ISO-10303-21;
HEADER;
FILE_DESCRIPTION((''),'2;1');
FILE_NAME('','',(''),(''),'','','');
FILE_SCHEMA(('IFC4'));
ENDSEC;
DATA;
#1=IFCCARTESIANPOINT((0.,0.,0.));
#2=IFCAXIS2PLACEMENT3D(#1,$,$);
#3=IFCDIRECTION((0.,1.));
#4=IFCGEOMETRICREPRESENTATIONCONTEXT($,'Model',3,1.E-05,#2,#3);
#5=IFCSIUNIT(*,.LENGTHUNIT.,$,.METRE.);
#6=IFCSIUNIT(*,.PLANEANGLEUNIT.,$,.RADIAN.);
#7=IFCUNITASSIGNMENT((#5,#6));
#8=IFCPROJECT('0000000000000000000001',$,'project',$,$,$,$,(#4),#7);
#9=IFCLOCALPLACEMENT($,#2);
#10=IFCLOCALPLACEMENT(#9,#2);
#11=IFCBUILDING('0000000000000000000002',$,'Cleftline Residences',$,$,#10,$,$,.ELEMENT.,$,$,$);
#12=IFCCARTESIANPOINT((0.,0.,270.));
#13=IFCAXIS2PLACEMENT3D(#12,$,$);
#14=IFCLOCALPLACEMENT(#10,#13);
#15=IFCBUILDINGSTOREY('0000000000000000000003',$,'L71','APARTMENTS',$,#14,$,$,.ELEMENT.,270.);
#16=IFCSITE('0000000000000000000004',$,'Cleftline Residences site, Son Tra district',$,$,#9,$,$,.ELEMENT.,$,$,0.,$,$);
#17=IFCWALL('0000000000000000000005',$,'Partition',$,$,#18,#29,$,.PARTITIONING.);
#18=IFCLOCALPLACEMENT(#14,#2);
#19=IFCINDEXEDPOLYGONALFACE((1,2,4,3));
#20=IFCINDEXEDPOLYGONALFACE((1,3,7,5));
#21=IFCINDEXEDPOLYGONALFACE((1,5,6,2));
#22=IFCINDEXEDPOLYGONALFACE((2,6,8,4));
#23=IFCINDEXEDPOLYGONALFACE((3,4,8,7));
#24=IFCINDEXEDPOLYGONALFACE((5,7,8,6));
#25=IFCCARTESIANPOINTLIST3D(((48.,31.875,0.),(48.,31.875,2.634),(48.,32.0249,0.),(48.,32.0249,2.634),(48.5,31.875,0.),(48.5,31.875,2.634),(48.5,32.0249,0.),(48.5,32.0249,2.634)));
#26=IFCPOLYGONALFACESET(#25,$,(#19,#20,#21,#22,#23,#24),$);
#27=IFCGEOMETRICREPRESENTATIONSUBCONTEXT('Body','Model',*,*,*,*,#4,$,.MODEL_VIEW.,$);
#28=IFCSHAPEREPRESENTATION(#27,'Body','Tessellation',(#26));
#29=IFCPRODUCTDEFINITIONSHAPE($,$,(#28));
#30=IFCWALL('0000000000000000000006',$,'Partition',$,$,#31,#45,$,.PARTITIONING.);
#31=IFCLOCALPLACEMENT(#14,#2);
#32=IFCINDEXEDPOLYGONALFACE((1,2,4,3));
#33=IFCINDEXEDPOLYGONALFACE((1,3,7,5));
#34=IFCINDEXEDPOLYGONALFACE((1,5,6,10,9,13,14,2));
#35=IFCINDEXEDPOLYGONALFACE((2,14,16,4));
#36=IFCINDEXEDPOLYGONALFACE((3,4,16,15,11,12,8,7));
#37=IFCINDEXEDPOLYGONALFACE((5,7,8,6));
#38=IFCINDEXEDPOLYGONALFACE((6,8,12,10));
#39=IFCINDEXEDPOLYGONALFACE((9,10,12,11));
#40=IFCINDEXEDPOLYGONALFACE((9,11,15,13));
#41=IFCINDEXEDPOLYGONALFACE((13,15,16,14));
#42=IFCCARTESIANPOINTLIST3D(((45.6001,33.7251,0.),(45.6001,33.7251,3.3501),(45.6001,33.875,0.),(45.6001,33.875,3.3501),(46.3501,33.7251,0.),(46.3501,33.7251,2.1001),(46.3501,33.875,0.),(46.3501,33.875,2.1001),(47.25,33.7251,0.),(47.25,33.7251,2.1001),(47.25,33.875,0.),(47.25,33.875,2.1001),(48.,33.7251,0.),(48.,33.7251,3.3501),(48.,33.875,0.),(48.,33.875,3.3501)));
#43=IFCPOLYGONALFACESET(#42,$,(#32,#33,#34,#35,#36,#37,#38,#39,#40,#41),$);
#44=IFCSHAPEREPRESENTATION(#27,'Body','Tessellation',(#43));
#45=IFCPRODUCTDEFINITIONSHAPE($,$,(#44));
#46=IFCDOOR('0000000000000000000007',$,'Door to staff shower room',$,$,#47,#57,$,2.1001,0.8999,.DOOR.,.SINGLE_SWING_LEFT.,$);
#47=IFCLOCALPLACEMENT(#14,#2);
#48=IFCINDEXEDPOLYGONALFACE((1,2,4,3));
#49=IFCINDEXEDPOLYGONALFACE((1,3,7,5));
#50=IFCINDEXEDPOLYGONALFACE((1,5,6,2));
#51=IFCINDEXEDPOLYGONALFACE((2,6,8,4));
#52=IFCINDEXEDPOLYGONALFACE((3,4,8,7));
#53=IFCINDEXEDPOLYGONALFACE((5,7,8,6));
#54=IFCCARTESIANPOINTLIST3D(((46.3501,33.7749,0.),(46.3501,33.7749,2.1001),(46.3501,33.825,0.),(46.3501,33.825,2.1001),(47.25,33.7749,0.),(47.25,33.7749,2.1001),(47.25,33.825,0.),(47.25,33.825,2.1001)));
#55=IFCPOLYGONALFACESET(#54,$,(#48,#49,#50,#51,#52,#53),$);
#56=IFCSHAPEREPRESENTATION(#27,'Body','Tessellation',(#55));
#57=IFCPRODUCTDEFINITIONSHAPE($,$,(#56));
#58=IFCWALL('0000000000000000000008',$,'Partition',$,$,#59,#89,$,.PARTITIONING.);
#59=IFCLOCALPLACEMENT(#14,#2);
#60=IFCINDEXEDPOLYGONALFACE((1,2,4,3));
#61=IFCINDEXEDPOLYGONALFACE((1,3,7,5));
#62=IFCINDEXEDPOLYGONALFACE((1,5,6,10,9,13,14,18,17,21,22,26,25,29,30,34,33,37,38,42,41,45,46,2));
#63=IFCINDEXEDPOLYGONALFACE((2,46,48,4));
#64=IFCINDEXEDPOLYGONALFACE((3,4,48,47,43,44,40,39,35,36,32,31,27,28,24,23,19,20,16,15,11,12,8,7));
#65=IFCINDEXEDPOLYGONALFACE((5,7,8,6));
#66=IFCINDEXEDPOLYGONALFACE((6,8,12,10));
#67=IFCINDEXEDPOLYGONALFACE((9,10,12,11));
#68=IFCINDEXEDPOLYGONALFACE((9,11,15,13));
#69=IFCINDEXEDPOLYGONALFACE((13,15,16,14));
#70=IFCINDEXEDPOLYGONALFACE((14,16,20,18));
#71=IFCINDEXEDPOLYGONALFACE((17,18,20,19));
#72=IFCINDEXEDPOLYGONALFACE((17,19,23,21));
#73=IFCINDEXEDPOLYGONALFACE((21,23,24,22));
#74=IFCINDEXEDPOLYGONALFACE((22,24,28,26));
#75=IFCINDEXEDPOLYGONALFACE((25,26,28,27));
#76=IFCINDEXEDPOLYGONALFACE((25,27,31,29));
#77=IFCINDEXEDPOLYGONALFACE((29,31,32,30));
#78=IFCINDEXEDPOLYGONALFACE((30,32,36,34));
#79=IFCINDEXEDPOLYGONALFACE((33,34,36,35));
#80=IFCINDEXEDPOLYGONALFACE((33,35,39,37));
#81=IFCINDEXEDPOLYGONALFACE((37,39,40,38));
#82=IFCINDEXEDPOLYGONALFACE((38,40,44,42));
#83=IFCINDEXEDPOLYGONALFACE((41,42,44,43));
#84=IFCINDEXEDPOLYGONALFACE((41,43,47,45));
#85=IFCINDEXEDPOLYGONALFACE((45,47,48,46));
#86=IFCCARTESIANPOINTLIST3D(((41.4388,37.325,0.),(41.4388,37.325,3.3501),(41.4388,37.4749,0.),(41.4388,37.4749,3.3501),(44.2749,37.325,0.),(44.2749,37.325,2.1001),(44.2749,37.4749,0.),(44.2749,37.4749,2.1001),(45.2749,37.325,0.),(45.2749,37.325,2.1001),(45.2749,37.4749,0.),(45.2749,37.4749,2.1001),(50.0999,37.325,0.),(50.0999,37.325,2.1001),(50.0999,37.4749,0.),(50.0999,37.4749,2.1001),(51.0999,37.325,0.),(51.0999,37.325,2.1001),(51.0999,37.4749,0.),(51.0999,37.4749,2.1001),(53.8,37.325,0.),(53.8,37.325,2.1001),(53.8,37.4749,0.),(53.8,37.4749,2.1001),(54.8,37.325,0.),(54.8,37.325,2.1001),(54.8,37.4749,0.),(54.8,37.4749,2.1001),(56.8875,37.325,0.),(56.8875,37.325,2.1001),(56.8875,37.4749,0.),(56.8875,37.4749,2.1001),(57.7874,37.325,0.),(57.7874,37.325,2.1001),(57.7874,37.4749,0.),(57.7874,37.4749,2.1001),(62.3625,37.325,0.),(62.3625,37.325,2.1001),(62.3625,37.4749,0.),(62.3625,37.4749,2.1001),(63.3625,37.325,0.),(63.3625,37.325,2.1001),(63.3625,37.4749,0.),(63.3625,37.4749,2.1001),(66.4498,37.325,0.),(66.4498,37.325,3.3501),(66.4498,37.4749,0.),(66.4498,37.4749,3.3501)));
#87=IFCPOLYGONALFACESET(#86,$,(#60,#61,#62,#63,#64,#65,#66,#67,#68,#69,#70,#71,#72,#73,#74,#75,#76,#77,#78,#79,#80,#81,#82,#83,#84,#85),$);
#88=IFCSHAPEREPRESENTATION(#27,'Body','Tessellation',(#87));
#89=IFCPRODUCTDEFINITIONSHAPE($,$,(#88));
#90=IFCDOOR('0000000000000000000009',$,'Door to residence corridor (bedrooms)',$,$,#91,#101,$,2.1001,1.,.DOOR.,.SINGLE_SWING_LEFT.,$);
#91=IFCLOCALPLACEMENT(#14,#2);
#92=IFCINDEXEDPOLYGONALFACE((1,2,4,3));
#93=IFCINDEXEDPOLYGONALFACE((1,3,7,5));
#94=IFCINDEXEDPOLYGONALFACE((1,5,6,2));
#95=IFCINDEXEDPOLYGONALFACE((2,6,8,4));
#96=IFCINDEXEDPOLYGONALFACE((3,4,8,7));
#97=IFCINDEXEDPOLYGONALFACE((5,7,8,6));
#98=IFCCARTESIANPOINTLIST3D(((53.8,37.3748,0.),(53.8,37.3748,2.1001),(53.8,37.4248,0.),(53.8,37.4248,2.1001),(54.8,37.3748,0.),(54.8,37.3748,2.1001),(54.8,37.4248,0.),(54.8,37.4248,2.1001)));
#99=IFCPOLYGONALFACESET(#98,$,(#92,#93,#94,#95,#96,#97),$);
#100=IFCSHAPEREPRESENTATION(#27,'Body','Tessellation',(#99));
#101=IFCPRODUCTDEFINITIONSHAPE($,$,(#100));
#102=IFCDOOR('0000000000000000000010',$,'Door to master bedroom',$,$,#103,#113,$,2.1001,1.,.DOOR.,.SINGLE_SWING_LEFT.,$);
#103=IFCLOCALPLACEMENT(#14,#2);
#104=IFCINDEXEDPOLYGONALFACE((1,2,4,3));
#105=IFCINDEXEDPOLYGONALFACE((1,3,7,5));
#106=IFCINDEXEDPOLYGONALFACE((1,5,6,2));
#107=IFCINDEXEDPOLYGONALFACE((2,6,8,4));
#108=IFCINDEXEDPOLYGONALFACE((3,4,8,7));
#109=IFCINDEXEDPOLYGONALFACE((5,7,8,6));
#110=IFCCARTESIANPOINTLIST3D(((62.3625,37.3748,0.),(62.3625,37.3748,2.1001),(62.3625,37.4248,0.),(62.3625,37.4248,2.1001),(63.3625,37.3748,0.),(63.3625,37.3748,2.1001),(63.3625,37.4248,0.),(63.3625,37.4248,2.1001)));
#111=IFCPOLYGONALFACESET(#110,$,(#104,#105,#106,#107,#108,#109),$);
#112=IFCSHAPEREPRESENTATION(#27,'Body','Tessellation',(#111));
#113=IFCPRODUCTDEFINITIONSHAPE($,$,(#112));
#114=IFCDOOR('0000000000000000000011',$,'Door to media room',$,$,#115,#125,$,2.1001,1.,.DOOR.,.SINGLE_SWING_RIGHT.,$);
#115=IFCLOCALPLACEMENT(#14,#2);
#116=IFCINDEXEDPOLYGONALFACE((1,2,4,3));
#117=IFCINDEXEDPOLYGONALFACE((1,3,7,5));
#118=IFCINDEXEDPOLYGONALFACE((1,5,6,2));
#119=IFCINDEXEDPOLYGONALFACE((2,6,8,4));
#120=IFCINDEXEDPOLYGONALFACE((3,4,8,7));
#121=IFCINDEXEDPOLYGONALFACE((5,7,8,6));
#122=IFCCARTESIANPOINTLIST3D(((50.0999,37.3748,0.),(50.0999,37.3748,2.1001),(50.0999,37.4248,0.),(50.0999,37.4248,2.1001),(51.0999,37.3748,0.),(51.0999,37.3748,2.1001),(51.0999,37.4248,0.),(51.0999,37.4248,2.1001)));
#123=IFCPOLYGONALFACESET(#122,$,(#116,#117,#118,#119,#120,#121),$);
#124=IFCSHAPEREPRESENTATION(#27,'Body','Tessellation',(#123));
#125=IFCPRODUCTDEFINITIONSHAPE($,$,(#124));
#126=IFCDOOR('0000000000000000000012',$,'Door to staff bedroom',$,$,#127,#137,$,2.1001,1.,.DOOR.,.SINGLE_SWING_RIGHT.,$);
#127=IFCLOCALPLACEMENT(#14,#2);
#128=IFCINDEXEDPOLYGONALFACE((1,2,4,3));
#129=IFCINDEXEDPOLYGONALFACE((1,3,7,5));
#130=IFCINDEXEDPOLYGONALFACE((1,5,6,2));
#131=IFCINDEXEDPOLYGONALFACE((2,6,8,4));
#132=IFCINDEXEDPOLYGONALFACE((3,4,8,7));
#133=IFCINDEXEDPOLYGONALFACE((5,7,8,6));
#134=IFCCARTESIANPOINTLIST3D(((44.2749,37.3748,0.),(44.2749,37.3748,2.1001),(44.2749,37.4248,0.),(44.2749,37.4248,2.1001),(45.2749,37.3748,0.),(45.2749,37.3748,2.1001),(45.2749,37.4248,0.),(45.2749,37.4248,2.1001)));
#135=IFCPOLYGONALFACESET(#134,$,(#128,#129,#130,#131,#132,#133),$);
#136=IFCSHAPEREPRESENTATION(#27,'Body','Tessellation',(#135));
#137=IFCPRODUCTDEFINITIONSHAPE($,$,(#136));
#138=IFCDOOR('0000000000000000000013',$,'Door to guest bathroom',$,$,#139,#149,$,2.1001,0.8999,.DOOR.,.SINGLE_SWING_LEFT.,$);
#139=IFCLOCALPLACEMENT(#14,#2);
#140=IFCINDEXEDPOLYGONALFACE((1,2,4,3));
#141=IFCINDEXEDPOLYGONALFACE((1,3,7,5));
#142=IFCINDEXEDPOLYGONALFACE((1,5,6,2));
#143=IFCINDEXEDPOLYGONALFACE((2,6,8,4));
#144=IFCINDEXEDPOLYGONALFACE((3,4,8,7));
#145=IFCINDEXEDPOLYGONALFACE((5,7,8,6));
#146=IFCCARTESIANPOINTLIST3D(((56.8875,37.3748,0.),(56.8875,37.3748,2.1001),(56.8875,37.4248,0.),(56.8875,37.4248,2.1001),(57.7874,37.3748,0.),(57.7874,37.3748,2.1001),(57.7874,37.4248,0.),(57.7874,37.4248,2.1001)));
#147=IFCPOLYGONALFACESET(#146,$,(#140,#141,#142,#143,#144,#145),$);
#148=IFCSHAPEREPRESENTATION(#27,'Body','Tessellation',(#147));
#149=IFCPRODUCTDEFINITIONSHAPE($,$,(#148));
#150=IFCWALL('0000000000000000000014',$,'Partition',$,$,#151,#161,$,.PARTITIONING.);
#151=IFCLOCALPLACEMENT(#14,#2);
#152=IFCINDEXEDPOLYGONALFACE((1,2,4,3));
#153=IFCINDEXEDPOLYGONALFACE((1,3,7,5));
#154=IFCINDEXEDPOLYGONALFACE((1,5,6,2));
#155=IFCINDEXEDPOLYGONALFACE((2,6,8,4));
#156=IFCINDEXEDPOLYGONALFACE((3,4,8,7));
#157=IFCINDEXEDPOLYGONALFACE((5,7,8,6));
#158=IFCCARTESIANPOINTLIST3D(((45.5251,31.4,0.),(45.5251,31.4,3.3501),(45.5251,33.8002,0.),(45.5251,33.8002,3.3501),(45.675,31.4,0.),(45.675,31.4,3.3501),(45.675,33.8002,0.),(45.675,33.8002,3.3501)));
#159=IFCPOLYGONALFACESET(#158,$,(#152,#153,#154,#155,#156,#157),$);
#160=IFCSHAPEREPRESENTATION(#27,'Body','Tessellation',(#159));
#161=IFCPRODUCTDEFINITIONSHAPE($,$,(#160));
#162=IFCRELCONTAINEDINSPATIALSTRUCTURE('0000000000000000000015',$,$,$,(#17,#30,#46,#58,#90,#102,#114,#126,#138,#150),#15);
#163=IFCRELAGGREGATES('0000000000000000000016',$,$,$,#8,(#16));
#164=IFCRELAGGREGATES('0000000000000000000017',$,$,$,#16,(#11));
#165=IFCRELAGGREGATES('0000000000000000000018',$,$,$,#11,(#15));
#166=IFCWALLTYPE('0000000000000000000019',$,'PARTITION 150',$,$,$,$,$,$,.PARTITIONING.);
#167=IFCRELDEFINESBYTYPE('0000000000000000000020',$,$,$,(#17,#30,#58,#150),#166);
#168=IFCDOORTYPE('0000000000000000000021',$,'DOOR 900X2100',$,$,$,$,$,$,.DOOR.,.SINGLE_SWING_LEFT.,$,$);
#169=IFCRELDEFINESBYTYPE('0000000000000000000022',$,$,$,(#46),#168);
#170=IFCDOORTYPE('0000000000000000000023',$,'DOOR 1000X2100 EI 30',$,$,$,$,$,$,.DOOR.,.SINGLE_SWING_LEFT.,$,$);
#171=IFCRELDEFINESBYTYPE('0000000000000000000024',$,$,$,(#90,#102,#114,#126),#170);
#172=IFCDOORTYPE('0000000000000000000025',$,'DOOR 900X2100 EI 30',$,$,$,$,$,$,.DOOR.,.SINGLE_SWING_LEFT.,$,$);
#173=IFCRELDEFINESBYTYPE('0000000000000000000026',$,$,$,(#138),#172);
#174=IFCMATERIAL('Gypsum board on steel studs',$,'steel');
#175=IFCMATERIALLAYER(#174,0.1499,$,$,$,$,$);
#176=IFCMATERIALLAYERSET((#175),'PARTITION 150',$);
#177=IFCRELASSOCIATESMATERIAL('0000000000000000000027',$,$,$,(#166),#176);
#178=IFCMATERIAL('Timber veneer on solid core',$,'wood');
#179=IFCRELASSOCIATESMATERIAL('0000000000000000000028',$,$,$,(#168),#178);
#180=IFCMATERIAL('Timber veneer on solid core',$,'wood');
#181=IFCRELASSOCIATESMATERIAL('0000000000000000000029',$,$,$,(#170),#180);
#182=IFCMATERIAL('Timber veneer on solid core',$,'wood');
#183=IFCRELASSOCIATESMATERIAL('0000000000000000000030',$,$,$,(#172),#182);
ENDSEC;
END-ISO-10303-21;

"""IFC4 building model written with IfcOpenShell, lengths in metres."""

from ifc_helpers import new_model, si_unit, direction, frame, frame_2d, origin, place, context, subcontext, project, spatial, rectangle, extrude, material, layer, layer_set, type_object, element, fill, save


model = new_model("IFC4")

# Units and contexts
model_context = context("Model", 3, precision=1e-05, world=origin(), true_north=direction((0.0, 1.0)))
body_context = subcontext(model_context, "Body", "Model", "MODEL_VIEW")
ifc_project = project(units=[si_unit("LENGTHUNIT", "METRE"), si_unit("PLANEANGLEUNIT", "RADIAN")], contexts=[model_context])

# Site, building, storey
site_placement = place(None, origin())
site = spatial("IfcSite", under=ifc_project, at=site_placement, Name="Cleftline Residences site, Son Tra district", CompositionType="ELEMENT", RefElevation=0.0)
building_placement = place(site_placement, origin())
building = spatial("IfcBuilding", under=site, at=building_placement, Name="Cleftline Residences", CompositionType="ELEMENT")
storey_placement = place(building_placement, frame((0.0, 0.0, 270.0)))
storey = spatial("IfcBuildingStorey", under=building, at=storey_placement, Name="L71", Description="APARTMENTS", CompositionType="ELEMENT", Elevation=270.0)

# Wall
ifc_material_1 = material(Name="Gypsum board on steel studs", Category="steel")
ifc_layer_1 = layer(ifc_material_1, 0.1499)
ifc_layer_set_1 = layer_set([ifc_layer_1], Name="PARTITION 150")
wall_type = type_object("IfcWallType", Name="PARTITION 150", PredefinedType="PARTITIONING", material=ifc_layer_set_1)
wall_1_placement = place(storey_placement, frame((48.0, 31.95, 0.0), z_axis=(0.0, 0.0, 1.0), x_axis=(1.0, 0.0, 0.0)))
element("IfcWall", 1, at=wall_1_placement, inside=storey, type_object=wall_type, Name="Partition", PredefinedType="PARTITIONING", context=body_context, shape_type="SweptSolid", body=[
    extrude(rectangle(XDim=0.5, YDim=0.1499, at=frame_2d((0.25, 0.0))), origin(), (0.0, 0.0, 1.0), 2.634),
])

# Wall, opening, door
wall_2_placement = place(storey_placement, frame((45.6001, 33.8, 0.0), z_axis=(0.0, 0.0, 1.0), x_axis=(1.0, 0.0, 0.0)))
wall_2 = element("IfcWall", 2, at=wall_2_placement, inside=storey, type_object=wall_type, Name="Partition", PredefinedType="PARTITIONING", context=body_context, shape_type="SweptSolid", body=[
    extrude(rectangle(XDim=2.3999, YDim=0.1499, at=frame_2d((1.2, 0.0))), origin(), (0.0, 0.0, 1.0), 3.3501),
])
opening_1_placement = place(wall_2_placement, frame((0.75, 0.0, 0.0)))
opening_1 = element("IfcOpeningElement", 3, at=opening_1_placement, cuts=wall_2, PredefinedType="OPENING", context=body_context, shape_type="SweptSolid", body=[
    extrude(rectangle(XDim=0.8999, YDim=2.1001, at=frame_2d((0.45, 1.05))), frame((0.0, 0.085, 0.0), z_axis=(0.0, -1.0, 0.0), x_axis=(1.0, 0.0, 0.0)), (0.0, 0.0, 1.0), 0.1699),
])
ifc_material_2 = material(Name="Timber veneer on solid core", Category="wood")
door_type_1 = type_object("IfcDoorType", Name="DOOR 900X2100", OperationType="SINGLE_SWING_LEFT", PredefinedType="DOOR", material=ifc_material_2)
door_1_placement = place(opening_1_placement, origin())
door_1 = element("IfcDoor", 4, at=door_1_placement, inside=storey, type_object=door_type_1, Name="Door to staff shower room", OperationType="SINGLE_SWING_LEFT", OverallHeight=2.1001, OverallWidth=0.8999, PredefinedType="DOOR", context=body_context, shape_type="SweptSolid", body=[
    extrude(rectangle(XDim=0.8999, YDim=2.1001, at=frame_2d((0.45, 1.05))), frame((0.0, 0.0249, 0.0), z_axis=(0.0, -1.0, 0.0), x_axis=(1.0, 0.0, 0.0)), (0.0, 0.0, 1.0), 0.05),
])
fill(opening_1, door_1)

# Wall, openings, doors
wall_3_placement = place(storey_placement, frame((41.439, 37.3999, 0.0), z_axis=(0.0, 0.0, 1.0), x_axis=(1.0, 0.0, 0.0)))
wall_3 = element("IfcWall", 5, at=wall_3_placement, inside=storey, type_object=wall_type, Name="Partition", PredefinedType="PARTITIONING", context=body_context, shape_type="SweptSolid", body=[
    extrude(rectangle(XDim=25.011, YDim=0.1499, at=frame_2d((12.5054, 0.0))), origin(), (0.0, 0.0, 1.0), 3.3501),
])
opening_2_placement = place(wall_3_placement, frame((12.3611, 0.0, 0.0)))
opening_2 = element("IfcOpeningElement", 6, at=opening_2_placement, cuts=wall_3, PredefinedType="OPENING", context=body_context, shape_type="SweptSolid", body=[
    extrude(rectangle(XDim=1.0, YDim=2.1001, at=frame_2d((0.5, 1.05))), frame((0.0, 0.085, 0.0), z_axis=(0.0, -1.0, 0.0), x_axis=(1.0, 0.0, 0.0)), (0.0, 0.0, 1.0), 0.1699),
])
opening_3_placement = place(wall_3_placement, frame((20.9236, 0.0, 0.0)))
opening_3 = element("IfcOpeningElement", 7, at=opening_3_placement, cuts=wall_3, PredefinedType="OPENING", context=body_context, shape_type="SweptSolid", body=[
    extrude(rectangle(XDim=1.0, YDim=2.1001, at=frame_2d((0.5, 1.05))), frame((0.0, 0.085, 0.0), z_axis=(0.0, -1.0, 0.0), x_axis=(1.0, 0.0, 0.0)), (0.0, 0.0, 1.0), 0.1699),
])
opening_4_placement = place(wall_3_placement, frame((15.4485, 0.0, 0.0)))
opening_4 = element("IfcOpeningElement", 8, at=opening_4_placement, cuts=wall_3, PredefinedType="OPENING", context=body_context, shape_type="SweptSolid", body=[
    extrude(rectangle(XDim=0.8999, YDim=2.1001, at=frame_2d((0.45, 1.05))), frame((0.0, 0.085, 0.0), z_axis=(0.0, -1.0, 0.0), x_axis=(1.0, 0.0, 0.0)), (0.0, 0.0, 1.0), 0.1699),
])
opening_5_placement = place(wall_3_placement, frame((8.6609, 0.0, 0.0)))
opening_5 = element("IfcOpeningElement", 9, at=opening_5_placement, cuts=wall_3, PredefinedType="OPENING", context=body_context, shape_type="SweptSolid", body=[
    extrude(rectangle(XDim=1.0, YDim=2.1001, at=frame_2d((0.5, 1.05))), frame((0.0, 0.085, 0.0), z_axis=(0.0, -1.0, 0.0), x_axis=(1.0, 0.0, 0.0)), (0.0, 0.0, 1.0), 0.1699),
])
opening_6_placement = place(wall_3_placement, frame((2.8359, 0.0, 0.0)))
opening_6 = element("IfcOpeningElement", 10, at=opening_6_placement, cuts=wall_3, PredefinedType="OPENING", context=body_context, shape_type="SweptSolid", body=[
    extrude(rectangle(XDim=1.0, YDim=2.1001, at=frame_2d((0.5, 1.05))), frame((0.0, 0.085, 0.0), z_axis=(0.0, -1.0, 0.0), x_axis=(1.0, 0.0, 0.0)), (0.0, 0.0, 1.0), 0.1699),
])
ifc_material_3 = material(Name="Timber veneer on solid core", Category="wood")
door_type_2 = type_object("IfcDoorType", Name="DOOR 1000X2100 EI 30", OperationType="SINGLE_SWING_LEFT", PredefinedType="DOOR", material=ifc_material_3)
door_2_placement = place(opening_2_placement, origin())
door_2 = element("IfcDoor", 11, at=door_2_placement, inside=storey, type_object=door_type_2, Name="Door to residence corridor (bedrooms)", OperationType="SINGLE_SWING_LEFT", OverallHeight=2.1001, OverallWidth=1.0, PredefinedType="DOOR", context=body_context, shape_type="SweptSolid", body=[
    extrude(rectangle(XDim=1.0, YDim=2.1001, at=frame_2d((0.5, 1.05))), frame((0.0, 0.0249, 0.0), z_axis=(0.0, -1.0, 0.0), x_axis=(1.0, 0.0, 0.0)), (0.0, 0.0, 1.0), 0.05),
])
fill(opening_2, door_2)
door_3_placement = place(opening_3_placement, origin())
door_3 = element("IfcDoor", 12, at=door_3_placement, inside=storey, type_object=door_type_2, Name="Door to master bedroom", OperationType="SINGLE_SWING_LEFT", OverallHeight=2.1001, OverallWidth=1.0, PredefinedType="DOOR", context=body_context, shape_type="SweptSolid", body=[
    extrude(rectangle(XDim=1.0, YDim=2.1001, at=frame_2d((0.5, 1.05))), frame((0.0, 0.0249, 0.0), z_axis=(0.0, -1.0, 0.0), x_axis=(1.0, 0.0, 0.0)), (0.0, 0.0, 1.0), 0.05),
])
fill(opening_3, door_3)
door_4_placement = place(opening_5_placement, origin())
door_4 = element("IfcDoor", 13, at=door_4_placement, inside=storey, type_object=door_type_2, Name="Door to media room", OperationType="SINGLE_SWING_RIGHT", OverallHeight=2.1001, OverallWidth=1.0, PredefinedType="DOOR", context=body_context, shape_type="SweptSolid", body=[
    extrude(rectangle(XDim=1.0, YDim=2.1001, at=frame_2d((0.5, 1.05))), frame((0.0, 0.0249, 0.0), z_axis=(0.0, -1.0, 0.0), x_axis=(1.0, 0.0, 0.0)), (0.0, 0.0, 1.0), 0.05),
])
fill(opening_5, door_4)
door_5_placement = place(opening_6_placement, origin())
door_5 = element("IfcDoor", 14, at=door_5_placement, inside=storey, type_object=door_type_2, Name="Door to staff bedroom", OperationType="SINGLE_SWING_RIGHT", OverallHeight=2.1001, OverallWidth=1.0, PredefinedType="DOOR", context=body_context, shape_type="SweptSolid", body=[
    extrude(rectangle(XDim=1.0, YDim=2.1001, at=frame_2d((0.5, 1.05))), frame((0.0, 0.0249, 0.0), z_axis=(0.0, -1.0, 0.0), x_axis=(1.0, 0.0, 0.0)), (0.0, 0.0, 1.0), 0.05),
])
fill(opening_6, door_5)
ifc_material_4 = material(Name="Timber veneer on solid core", Category="wood")
door_type_3 = type_object("IfcDoorType", Name="DOOR 900X2100 EI 30", OperationType="SINGLE_SWING_LEFT", PredefinedType="DOOR", material=ifc_material_4)
door_6_placement = place(opening_4_placement, origin())
door_6 = element("IfcDoor", 15, at=door_6_placement, inside=storey, type_object=door_type_3, Name="Door to guest bathroom", OperationType="SINGLE_SWING_LEFT", OverallHeight=2.1001, OverallWidth=0.8999, PredefinedType="DOOR", context=body_context, shape_type="SweptSolid", body=[
    extrude(rectangle(XDim=0.8999, YDim=2.1001, at=frame_2d((0.45, 1.05))), frame((0.0, 0.0249, 0.0), z_axis=(0.0, -1.0, 0.0), x_axis=(1.0, 0.0, 0.0)), (0.0, 0.0, 1.0), 0.05),
])
fill(opening_4, door_6)

# Wall
wall_4_placement = place(storey_placement, frame((45.6001, 31.3999, 0.0), z_axis=(0.0, 0.0, 1.0), x_axis=(0.0, 1.0, 0.0)))
element("IfcWall", 16, at=wall_4_placement, inside=storey, type_object=wall_type, Name="Partition", PredefinedType="PARTITIONING", context=body_context, shape_type="SweptSolid", body=[
    extrude(rectangle(XDim=2.4001, YDim=0.1499, at=frame_2d((1.2002, 0.0))), origin(), (0.0, 0.0, 1.0), 3.3501),
])

save(model, "model.ifc")
